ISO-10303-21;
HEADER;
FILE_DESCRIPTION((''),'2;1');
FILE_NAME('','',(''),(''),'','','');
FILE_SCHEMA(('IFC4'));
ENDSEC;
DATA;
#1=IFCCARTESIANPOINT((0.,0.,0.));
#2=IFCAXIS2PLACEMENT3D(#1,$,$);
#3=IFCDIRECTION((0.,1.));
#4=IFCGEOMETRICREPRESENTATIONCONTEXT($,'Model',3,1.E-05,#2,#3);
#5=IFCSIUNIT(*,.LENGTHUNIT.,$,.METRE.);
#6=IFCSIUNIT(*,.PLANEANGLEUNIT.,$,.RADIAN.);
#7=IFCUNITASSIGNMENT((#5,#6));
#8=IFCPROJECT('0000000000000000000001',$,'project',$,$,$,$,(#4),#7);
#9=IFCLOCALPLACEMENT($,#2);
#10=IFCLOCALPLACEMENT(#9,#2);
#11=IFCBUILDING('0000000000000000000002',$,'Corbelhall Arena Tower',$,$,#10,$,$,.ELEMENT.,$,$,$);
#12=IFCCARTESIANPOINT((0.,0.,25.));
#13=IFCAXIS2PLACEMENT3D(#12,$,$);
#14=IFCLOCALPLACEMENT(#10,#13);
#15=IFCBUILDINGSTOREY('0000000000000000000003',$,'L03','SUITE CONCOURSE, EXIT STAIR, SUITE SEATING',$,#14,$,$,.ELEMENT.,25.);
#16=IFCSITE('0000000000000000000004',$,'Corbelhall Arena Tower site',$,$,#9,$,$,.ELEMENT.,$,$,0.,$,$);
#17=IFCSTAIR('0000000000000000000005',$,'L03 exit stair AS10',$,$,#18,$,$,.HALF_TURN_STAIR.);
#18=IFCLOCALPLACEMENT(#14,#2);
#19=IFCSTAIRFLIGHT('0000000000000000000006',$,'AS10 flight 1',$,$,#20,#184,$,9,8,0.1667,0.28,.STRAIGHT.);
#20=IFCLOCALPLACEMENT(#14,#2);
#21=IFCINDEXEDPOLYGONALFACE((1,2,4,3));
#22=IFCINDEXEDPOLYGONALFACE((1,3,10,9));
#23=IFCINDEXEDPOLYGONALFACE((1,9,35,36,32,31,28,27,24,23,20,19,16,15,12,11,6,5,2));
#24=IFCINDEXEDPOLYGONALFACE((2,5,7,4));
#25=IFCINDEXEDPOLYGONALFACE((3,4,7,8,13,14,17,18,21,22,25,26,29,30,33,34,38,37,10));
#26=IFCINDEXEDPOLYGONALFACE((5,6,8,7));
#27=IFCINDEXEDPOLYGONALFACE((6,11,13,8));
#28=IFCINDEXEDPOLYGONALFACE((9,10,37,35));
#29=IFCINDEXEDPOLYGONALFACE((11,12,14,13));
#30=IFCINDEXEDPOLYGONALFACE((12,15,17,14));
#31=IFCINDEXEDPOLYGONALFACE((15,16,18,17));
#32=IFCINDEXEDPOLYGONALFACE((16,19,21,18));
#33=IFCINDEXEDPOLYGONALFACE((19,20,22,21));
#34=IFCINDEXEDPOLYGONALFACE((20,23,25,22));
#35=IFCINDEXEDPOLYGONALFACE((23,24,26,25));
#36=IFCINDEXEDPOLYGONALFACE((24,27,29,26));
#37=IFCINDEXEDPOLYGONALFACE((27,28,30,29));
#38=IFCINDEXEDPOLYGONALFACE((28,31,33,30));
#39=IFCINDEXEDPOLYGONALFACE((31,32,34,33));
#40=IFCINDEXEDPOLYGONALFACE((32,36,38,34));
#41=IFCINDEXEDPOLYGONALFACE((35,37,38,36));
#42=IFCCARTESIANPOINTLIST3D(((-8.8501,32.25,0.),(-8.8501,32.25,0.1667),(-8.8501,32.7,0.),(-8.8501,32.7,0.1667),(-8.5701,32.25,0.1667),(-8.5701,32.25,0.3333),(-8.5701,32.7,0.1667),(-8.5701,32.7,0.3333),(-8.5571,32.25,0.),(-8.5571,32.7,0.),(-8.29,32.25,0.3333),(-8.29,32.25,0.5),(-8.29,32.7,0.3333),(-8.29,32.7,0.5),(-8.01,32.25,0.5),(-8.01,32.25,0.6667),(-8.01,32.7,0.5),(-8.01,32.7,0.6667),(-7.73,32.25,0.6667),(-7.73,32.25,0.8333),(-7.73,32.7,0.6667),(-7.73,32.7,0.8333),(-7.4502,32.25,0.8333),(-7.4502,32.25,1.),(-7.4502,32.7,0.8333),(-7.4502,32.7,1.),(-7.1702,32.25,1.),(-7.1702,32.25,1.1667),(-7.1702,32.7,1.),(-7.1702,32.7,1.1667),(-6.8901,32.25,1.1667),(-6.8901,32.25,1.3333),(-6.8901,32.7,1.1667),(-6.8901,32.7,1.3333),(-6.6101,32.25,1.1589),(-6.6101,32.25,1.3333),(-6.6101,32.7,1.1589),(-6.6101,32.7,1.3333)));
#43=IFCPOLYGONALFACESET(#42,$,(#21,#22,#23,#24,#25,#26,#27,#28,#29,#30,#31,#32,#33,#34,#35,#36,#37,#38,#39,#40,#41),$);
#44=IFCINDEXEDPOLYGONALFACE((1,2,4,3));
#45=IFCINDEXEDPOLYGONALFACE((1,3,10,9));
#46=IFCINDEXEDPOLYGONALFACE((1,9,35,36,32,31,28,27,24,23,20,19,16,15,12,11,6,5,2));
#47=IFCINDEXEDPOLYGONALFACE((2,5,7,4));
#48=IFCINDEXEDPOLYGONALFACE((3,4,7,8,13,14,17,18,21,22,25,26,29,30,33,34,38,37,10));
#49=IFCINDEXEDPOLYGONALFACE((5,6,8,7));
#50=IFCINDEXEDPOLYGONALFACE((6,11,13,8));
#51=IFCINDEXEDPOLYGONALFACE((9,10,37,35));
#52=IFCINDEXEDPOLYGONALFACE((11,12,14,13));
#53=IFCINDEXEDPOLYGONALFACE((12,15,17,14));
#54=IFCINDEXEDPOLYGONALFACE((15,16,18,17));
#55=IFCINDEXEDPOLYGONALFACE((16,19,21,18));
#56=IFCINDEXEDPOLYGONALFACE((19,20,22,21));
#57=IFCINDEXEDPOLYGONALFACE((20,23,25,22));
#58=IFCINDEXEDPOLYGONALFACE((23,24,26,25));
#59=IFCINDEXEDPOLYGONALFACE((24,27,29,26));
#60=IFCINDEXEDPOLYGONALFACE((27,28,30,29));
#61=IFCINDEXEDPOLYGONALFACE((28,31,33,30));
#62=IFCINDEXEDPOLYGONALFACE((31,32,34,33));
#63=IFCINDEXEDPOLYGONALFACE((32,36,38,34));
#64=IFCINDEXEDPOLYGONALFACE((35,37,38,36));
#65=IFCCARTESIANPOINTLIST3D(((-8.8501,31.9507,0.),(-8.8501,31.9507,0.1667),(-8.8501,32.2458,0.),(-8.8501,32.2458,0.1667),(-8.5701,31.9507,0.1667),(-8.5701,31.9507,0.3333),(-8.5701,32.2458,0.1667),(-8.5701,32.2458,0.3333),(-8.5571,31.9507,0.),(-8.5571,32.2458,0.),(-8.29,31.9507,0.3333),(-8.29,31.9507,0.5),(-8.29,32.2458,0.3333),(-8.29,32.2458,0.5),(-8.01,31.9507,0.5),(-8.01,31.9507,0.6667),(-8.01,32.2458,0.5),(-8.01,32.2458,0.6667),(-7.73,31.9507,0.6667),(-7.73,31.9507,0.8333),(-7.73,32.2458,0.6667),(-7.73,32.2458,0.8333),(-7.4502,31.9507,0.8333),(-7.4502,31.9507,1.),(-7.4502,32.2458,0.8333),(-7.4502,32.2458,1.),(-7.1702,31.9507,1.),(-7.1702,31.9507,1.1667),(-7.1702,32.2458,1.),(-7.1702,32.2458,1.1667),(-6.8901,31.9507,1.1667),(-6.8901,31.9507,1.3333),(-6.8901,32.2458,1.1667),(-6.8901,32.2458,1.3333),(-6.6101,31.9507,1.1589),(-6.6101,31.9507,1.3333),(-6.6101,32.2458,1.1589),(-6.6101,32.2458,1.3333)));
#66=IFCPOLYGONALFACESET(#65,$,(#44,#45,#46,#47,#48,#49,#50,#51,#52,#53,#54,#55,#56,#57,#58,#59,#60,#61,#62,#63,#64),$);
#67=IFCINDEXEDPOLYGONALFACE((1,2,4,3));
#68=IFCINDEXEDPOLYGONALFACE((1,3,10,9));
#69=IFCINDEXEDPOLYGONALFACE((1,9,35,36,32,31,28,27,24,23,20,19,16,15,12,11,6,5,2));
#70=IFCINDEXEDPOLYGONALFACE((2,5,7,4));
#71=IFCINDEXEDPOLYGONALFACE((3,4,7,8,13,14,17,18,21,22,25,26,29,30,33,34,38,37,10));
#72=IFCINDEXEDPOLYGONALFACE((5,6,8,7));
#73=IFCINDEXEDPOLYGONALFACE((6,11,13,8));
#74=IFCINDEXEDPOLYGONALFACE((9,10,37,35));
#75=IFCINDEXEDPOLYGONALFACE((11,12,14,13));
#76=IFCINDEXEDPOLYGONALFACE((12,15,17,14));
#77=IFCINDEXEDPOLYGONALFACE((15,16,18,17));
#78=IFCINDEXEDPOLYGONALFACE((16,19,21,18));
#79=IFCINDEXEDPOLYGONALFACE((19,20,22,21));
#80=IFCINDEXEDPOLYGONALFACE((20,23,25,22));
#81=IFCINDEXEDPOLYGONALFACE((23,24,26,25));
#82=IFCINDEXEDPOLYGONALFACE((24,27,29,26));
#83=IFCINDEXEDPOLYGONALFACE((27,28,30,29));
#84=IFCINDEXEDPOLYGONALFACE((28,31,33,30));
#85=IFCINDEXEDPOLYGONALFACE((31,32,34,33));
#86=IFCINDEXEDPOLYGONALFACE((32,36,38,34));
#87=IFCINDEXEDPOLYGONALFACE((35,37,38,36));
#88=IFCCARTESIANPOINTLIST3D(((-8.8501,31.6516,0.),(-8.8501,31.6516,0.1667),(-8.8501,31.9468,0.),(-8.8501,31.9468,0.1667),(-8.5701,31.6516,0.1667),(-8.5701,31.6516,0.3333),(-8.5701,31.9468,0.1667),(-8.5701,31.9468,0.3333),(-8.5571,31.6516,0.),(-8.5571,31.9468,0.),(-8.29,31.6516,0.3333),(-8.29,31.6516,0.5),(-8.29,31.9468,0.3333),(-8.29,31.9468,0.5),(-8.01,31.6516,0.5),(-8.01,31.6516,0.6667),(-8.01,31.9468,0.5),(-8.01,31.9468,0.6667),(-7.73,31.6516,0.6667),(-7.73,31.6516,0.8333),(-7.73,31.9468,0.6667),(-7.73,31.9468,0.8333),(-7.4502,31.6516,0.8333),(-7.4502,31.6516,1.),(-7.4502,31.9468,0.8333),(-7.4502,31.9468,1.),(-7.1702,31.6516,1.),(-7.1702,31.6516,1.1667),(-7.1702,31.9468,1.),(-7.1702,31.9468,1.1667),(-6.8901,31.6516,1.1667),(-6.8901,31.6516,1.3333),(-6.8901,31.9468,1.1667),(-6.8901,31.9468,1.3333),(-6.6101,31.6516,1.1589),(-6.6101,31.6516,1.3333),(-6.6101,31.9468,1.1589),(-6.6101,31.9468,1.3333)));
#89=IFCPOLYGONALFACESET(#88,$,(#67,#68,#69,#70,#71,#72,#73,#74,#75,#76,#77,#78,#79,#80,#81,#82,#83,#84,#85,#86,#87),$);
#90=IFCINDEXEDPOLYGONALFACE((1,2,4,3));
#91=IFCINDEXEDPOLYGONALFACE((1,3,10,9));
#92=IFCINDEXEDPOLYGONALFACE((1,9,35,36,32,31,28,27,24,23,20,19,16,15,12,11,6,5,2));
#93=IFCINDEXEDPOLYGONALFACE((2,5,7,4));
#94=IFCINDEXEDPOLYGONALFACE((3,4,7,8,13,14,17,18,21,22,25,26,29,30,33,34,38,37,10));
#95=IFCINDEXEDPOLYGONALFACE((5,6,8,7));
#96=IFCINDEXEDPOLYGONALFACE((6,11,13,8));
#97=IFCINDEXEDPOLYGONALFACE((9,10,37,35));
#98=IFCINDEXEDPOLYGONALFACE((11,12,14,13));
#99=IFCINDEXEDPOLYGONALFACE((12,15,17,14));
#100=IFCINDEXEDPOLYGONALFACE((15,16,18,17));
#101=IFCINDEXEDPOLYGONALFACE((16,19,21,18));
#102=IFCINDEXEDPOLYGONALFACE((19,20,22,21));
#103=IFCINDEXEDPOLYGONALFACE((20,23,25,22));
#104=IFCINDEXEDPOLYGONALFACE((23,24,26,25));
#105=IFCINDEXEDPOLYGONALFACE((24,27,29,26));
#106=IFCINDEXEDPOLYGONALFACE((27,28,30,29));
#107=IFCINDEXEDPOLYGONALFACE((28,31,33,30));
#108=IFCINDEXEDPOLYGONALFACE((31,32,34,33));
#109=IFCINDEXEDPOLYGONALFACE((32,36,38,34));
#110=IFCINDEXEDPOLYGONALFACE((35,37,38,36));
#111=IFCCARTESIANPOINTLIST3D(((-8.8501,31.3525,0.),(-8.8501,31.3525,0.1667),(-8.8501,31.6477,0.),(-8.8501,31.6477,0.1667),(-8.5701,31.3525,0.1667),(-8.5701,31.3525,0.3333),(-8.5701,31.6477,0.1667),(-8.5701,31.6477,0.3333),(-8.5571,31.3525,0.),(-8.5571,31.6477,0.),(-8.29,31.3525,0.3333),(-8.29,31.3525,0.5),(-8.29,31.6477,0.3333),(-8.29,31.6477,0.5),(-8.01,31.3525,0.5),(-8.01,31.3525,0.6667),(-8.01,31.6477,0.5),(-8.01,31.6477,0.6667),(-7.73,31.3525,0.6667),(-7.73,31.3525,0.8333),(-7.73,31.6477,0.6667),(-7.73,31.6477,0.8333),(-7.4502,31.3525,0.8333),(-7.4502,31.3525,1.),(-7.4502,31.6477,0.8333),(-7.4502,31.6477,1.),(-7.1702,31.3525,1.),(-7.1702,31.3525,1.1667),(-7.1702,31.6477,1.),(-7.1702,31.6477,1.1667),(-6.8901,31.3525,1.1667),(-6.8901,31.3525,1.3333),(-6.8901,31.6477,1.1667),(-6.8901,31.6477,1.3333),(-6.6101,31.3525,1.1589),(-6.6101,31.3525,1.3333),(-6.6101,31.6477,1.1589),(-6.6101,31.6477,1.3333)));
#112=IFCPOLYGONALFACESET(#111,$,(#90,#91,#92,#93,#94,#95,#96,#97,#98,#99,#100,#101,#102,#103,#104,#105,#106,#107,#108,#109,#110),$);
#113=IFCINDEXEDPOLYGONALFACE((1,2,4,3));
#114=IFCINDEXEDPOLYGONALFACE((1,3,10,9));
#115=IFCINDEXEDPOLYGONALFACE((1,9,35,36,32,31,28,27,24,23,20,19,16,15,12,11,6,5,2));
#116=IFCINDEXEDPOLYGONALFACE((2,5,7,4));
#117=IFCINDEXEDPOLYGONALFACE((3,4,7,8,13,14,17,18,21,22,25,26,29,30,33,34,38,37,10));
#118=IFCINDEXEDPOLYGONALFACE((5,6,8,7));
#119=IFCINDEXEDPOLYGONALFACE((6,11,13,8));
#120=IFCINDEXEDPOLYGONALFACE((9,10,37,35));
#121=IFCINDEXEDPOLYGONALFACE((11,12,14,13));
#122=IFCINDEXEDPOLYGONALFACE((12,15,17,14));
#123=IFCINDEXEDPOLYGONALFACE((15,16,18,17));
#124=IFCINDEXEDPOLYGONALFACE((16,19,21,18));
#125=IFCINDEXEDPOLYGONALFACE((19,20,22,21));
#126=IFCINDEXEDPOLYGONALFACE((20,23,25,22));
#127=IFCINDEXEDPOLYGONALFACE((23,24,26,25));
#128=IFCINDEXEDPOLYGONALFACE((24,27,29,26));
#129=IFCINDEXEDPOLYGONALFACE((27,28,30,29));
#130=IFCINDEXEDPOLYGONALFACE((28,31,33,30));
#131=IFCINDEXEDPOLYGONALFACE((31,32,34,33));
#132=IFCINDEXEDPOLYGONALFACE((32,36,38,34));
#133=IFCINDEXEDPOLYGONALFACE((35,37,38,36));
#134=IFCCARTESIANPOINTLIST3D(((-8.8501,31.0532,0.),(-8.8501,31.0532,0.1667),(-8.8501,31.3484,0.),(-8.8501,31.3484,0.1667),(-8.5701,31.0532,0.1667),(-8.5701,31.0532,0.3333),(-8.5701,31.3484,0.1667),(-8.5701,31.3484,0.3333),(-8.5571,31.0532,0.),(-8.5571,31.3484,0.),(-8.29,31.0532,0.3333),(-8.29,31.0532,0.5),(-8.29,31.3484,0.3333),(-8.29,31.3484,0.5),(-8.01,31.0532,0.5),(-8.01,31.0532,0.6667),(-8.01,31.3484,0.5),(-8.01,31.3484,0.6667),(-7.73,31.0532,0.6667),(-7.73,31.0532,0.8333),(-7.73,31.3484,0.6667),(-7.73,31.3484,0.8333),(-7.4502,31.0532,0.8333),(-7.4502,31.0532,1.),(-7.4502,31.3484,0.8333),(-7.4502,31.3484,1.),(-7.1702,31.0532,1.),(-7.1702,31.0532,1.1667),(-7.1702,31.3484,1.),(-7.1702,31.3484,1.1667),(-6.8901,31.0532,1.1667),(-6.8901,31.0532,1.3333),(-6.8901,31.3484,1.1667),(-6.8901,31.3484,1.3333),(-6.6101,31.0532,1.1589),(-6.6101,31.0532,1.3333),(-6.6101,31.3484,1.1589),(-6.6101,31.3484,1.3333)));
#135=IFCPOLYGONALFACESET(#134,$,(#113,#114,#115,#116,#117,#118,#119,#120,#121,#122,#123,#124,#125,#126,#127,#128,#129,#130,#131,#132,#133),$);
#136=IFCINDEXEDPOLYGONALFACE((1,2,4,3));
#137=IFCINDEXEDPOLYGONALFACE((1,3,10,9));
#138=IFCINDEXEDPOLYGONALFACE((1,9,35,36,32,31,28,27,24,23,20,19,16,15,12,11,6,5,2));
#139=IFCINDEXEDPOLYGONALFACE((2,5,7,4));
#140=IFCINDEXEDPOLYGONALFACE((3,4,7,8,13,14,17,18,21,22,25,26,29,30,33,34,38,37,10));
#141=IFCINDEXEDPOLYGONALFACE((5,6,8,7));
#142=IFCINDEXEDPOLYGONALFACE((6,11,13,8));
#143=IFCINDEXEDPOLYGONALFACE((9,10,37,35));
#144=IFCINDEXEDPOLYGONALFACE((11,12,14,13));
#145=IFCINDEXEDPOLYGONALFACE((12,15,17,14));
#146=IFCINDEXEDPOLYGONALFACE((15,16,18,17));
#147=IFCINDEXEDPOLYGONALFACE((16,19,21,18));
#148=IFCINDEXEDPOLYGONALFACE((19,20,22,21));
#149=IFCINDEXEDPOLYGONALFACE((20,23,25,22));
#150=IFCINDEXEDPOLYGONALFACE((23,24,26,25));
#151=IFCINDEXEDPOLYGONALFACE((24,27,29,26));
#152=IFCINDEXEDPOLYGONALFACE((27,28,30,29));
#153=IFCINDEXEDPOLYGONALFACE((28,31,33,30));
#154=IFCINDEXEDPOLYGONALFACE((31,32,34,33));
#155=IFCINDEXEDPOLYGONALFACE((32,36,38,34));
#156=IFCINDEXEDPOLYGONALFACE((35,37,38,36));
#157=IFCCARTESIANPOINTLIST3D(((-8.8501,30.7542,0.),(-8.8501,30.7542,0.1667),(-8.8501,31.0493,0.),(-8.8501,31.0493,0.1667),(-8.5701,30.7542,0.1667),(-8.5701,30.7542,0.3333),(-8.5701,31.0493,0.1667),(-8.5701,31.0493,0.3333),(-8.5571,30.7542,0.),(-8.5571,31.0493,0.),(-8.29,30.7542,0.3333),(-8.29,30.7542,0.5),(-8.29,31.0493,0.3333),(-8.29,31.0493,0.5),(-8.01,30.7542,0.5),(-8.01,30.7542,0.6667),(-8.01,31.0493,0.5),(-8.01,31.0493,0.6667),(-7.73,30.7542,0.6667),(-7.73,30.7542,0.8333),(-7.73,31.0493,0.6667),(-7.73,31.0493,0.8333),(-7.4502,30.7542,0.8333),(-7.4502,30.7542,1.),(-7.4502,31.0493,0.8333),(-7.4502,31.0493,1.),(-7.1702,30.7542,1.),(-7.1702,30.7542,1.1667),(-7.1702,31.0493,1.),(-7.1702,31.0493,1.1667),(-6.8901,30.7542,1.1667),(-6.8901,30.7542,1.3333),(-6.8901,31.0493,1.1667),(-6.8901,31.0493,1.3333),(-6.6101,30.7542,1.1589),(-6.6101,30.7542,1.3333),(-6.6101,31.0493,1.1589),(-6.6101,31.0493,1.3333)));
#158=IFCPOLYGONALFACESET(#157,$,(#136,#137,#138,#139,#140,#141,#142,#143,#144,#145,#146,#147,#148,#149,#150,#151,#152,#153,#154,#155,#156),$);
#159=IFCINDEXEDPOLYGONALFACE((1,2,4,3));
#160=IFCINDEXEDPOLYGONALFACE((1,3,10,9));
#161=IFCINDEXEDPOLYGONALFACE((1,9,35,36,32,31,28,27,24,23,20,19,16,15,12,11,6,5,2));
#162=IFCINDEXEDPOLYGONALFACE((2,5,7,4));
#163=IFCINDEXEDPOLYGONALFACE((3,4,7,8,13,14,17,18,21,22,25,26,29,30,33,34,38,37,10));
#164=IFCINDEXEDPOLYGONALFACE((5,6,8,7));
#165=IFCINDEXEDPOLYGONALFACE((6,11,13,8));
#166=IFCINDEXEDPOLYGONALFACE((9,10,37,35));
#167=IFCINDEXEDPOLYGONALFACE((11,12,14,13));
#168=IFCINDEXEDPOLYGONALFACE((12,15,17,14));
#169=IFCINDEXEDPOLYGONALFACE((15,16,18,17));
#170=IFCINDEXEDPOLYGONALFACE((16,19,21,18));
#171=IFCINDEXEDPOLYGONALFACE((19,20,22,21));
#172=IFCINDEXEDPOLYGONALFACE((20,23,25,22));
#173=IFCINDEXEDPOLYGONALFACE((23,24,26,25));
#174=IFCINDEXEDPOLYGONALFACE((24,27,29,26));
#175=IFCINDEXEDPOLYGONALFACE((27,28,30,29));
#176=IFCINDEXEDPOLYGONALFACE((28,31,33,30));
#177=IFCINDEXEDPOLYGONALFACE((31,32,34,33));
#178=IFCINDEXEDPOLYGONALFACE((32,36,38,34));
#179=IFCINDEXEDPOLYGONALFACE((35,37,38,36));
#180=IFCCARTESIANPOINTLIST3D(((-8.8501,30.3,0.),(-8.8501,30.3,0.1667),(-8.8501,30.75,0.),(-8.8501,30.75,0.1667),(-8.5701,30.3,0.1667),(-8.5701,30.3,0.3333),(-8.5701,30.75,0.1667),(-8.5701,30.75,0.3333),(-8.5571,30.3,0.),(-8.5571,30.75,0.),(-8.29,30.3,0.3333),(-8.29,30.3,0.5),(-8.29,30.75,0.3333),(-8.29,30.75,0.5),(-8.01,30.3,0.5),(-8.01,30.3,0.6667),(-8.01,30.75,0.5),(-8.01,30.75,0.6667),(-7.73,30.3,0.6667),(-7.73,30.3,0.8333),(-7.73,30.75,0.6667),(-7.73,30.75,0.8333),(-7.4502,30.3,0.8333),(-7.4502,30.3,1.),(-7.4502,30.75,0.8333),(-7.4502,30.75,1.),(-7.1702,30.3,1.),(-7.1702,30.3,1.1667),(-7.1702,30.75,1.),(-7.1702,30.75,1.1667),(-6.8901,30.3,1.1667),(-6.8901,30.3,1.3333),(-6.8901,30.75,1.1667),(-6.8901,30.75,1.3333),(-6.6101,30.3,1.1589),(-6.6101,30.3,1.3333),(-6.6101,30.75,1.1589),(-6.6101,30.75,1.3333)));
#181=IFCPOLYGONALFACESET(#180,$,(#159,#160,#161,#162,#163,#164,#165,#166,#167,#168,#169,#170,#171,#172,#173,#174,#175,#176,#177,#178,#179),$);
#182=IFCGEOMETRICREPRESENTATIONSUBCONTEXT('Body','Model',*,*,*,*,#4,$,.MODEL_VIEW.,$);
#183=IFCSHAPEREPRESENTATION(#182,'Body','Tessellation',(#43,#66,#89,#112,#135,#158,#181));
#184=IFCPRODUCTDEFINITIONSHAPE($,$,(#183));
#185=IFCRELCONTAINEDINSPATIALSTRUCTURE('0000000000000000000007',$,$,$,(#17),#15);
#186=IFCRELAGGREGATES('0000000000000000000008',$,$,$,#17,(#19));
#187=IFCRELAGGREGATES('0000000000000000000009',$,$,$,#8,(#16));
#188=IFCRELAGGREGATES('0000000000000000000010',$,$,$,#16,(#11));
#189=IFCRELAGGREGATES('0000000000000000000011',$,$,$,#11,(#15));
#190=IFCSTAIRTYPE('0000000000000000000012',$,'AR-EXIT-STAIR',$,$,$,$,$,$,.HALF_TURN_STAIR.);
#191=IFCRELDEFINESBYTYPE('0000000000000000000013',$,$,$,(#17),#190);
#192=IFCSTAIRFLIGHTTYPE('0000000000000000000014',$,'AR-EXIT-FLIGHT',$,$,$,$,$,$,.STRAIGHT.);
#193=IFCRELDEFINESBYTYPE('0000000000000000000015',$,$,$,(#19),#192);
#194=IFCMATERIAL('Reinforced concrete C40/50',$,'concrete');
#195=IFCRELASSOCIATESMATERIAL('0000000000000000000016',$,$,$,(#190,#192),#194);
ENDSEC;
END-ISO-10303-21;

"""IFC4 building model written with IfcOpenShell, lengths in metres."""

from ifc_helpers import new_model, si_unit, direction, frame, origin, place, context, subcontext, project, spatial, polyline, outline, extrude, material, type_object, element, aggregate, save


model = new_model("IFC4")

# Units and contexts
model_context = context("Model", 3, precision=1e-05, world=origin(), true_north=direction((0.0, 1.0)))
body_context = subcontext(model_context, "Body", "Model", "MODEL_VIEW")
ifc_project = project(units=[si_unit("LENGTHUNIT", "METRE"), si_unit("PLANEANGLEUNIT", "RADIAN")], contexts=[model_context])

# Site, building, storey
site_placement = place(None, origin())
site = spatial("IfcSite", under=ifc_project, at=site_placement, Name="Corbelhall Arena Tower site", CompositionType="ELEMENT", RefElevation=0.0)
building_placement = place(site_placement, origin())
building = spatial("IfcBuilding", under=site, at=building_placement, Name="Corbelhall Arena Tower", CompositionType="ELEMENT")
storey_placement = place(building_placement, frame((0.0, 0.0, 25.0)))
storey = spatial("IfcBuildingStorey", under=building, at=storey_placement, Name="L03", Description="SUITE CONCOURSE, EXIT STAIR, SUITE SEATING", CompositionType="ELEMENT", Elevation=25.0)

# Shared definitions
ifc_material_1 = material(Name="Reinforced concrete C40/50", Category="concrete")

# Shared definitions
stair_type = type_object("IfcStairType", Name="AR-EXIT-STAIR", PredefinedType="HALF_TURN_STAIR", material=ifc_material_1)
stair_flight_type = type_object("IfcStairFlightType", Name="AR-EXIT-FLIGHT", PredefinedType="STRAIGHT", material=ifc_material_1)

# Stair, stair flight
stair_1_placement = place(storey_placement, origin())
stair_1 = element("IfcStair", 1, at=stair_1_placement, inside=storey, type_object=stair_type, Name="L03 exit stair AS10", PredefinedType="HALF_TURN_STAIR")
stair_flight_1_placement = place(storey_placement, frame((-8.8501, 31.5, 0.0), z_axis=(0.0, 0.0, 1.0), x_axis=(1.0, 0.0, 0.0)))
stair_flight_1 = element("IfcStairFlight", 2, at=stair_flight_1_placement, type_object=stair_flight_type, Name="AS10 flight 1", NumberOfRisers=9, NumberOfTreads=8, PredefinedType="STRAIGHT", RiserHeight=0.1667, TreadLength=0.28, context=body_context, shape_type="SweptSolid", body=[
    extrude(outline(polyline([(0.0, 0.0), (0.0, 0.1667), (0.28, 0.1667), (0.28, 0.3333), (0.5601, 0.3333), (0.5601, 0.5), (0.8401, 0.5), (0.8401, 0.6667), (1.1201, 0.6667), (1.1201, 0.8333), (1.3999, 0.8333), (1.3999, 1.0), (1.6799, 1.0), (1.6799, 1.1667), (1.96, 1.1667), (1.96, 1.3333), (2.24, 1.3333), (2.24, 1.5), (2.24, 1.1589), (0.293, 0.0), (0.0, 0.0)])), frame((0.0, 1.2, 0.0), z_axis=(0.0, -1.0, 0.0), x_axis=(1.0, 0.0, 0.0)), (0.0, 0.0, 1.0), 0.45),
    extrude(outline(polyline([(0.0, 0.0), (0.0, 0.1667), (0.28, 0.1667), (0.28, 0.3333), (0.5601, 0.3333), (0.5601, 0.5), (0.8401, 0.5), (0.8401, 0.6667), (1.1201, 0.6667), (1.1201, 0.8333), (1.3999, 0.8333), (1.3999, 1.0), (1.6799, 1.0), (1.6799, 1.1667), (1.96, 1.1667), (1.96, 1.3333), (2.24, 1.3333), (2.24, 1.5), (2.24, 1.1589), (0.293, 0.0), (0.0, 0.0)])), frame((0.0, 0.7458, 0.0), z_axis=(0.0, -1.0, 0.0), x_axis=(1.0, 0.0, 0.0)), (0.0, 0.0, 1.0), 0.2952),
    extrude(outline(polyline([(0.0, 0.0), (0.0, 0.1667), (0.28, 0.1667), (0.28, 0.3333), (0.5601, 0.3333), (0.5601, 0.5), (0.8401, 0.5), (0.8401, 0.6667), (1.1201, 0.6667), (1.1201, 0.8333), (1.3999, 0.8333), (1.3999, 1.0), (1.6799, 1.0), (1.6799, 1.1667), (1.96, 1.1667), (1.96, 1.3333), (2.24, 1.3333), (2.24, 1.5), (2.24, 1.1589), (0.293, 0.0), (0.0, 0.0)])), frame((0.0, 0.4468, 0.0), z_axis=(0.0, -1.0, 0.0), x_axis=(1.0, 0.0, 0.0)), (0.0, 0.0, 1.0), 0.2952),
    extrude(outline(polyline([(0.0, 0.0), (0.0, 0.1667), (0.28, 0.1667), (0.28, 0.3333), (0.5601, 0.3333), (0.5601, 0.5), (0.8401, 0.5), (0.8401, 0.6667), (1.1201, 0.6667), (1.1201, 0.8333), (1.3999, 0.8333), (1.3999, 1.0), (1.6799, 1.0), (1.6799, 1.1667), (1.96, 1.1667), (1.96, 1.3333), (2.24, 1.3333), (2.24, 1.5), (2.24, 1.1589), (0.293, 0.0), (0.0, 0.0)])), frame((0.0, 0.1477, 0.0), z_axis=(0.0, -1.0, 0.0), x_axis=(1.0, 0.0, 0.0)), (0.0, 0.0, 1.0), 0.2952),
    extrude(outline(polyline([(0.0, 0.0), (0.0, 0.1667), (0.28, 0.1667), (0.28, 0.3333), (0.5601, 0.3333), (0.5601, 0.5), (0.8401, 0.5), (0.8401, 0.6667), (1.1201, 0.6667), (1.1201, 0.8333), (1.3999, 0.8333), (1.3999, 1.0), (1.6799, 1.0), (1.6799, 1.1667), (1.96, 1.1667), (1.96, 1.3333), (2.24, 1.3333), (2.24, 1.5), (2.24, 1.1589), (0.293, 0.0), (0.0, 0.0)])), frame((0.0, -0.1516, 0.0), z_axis=(0.0, -1.0, 0.0), x_axis=(1.0, 0.0, 0.0)), (0.0, 0.0, 1.0), 0.2952),
    extrude(outline(polyline([(0.0, 0.0), (0.0, 0.1667), (0.28, 0.1667), (0.28, 0.3333), (0.5601, 0.3333), (0.5601, 0.5), (0.8401, 0.5), (0.8401, 0.6667), (1.1201, 0.6667), (1.1201, 0.8333), (1.3999, 0.8333), (1.3999, 1.0), (1.6799, 1.0), (1.6799, 1.1667), (1.96, 1.1667), (1.96, 1.3333), (2.24, 1.3333), (2.24, 1.5), (2.24, 1.1589), (0.293, 0.0), (0.0, 0.0)])), frame((0.0, -0.4507, 0.0), z_axis=(0.0, -1.0, 0.0), x_axis=(1.0, 0.0, 0.0)), (0.0, 0.0, 1.0), 0.2952),
    extrude(outline(polyline([(0.0, 0.0), (0.0, 0.1667), (0.28, 0.1667), (0.28, 0.3333), (0.5601, 0.3333), (0.5601, 0.5), (0.8401, 0.5), (0.8401, 0.6667), (1.1201, 0.6667), (1.1201, 0.8333), (1.3999, 0.8333), (1.3999, 1.0), (1.6799, 1.0), (1.6799, 1.1667), (1.96, 1.1667), (1.96, 1.3333), (2.24, 1.3333), (2.24, 1.5), (2.24, 1.1589), (0.293, 0.0), (0.0, 0.0)])), frame((0.0, -0.75, 0.0), z_axis=(0.0, -1.0, 0.0), x_axis=(1.0, 0.0, 0.0)), (0.0, 0.0, 1.0), 0.45),
])
aggregate(stair_1, [stair_flight_1])

save(model, "model.ifc")
